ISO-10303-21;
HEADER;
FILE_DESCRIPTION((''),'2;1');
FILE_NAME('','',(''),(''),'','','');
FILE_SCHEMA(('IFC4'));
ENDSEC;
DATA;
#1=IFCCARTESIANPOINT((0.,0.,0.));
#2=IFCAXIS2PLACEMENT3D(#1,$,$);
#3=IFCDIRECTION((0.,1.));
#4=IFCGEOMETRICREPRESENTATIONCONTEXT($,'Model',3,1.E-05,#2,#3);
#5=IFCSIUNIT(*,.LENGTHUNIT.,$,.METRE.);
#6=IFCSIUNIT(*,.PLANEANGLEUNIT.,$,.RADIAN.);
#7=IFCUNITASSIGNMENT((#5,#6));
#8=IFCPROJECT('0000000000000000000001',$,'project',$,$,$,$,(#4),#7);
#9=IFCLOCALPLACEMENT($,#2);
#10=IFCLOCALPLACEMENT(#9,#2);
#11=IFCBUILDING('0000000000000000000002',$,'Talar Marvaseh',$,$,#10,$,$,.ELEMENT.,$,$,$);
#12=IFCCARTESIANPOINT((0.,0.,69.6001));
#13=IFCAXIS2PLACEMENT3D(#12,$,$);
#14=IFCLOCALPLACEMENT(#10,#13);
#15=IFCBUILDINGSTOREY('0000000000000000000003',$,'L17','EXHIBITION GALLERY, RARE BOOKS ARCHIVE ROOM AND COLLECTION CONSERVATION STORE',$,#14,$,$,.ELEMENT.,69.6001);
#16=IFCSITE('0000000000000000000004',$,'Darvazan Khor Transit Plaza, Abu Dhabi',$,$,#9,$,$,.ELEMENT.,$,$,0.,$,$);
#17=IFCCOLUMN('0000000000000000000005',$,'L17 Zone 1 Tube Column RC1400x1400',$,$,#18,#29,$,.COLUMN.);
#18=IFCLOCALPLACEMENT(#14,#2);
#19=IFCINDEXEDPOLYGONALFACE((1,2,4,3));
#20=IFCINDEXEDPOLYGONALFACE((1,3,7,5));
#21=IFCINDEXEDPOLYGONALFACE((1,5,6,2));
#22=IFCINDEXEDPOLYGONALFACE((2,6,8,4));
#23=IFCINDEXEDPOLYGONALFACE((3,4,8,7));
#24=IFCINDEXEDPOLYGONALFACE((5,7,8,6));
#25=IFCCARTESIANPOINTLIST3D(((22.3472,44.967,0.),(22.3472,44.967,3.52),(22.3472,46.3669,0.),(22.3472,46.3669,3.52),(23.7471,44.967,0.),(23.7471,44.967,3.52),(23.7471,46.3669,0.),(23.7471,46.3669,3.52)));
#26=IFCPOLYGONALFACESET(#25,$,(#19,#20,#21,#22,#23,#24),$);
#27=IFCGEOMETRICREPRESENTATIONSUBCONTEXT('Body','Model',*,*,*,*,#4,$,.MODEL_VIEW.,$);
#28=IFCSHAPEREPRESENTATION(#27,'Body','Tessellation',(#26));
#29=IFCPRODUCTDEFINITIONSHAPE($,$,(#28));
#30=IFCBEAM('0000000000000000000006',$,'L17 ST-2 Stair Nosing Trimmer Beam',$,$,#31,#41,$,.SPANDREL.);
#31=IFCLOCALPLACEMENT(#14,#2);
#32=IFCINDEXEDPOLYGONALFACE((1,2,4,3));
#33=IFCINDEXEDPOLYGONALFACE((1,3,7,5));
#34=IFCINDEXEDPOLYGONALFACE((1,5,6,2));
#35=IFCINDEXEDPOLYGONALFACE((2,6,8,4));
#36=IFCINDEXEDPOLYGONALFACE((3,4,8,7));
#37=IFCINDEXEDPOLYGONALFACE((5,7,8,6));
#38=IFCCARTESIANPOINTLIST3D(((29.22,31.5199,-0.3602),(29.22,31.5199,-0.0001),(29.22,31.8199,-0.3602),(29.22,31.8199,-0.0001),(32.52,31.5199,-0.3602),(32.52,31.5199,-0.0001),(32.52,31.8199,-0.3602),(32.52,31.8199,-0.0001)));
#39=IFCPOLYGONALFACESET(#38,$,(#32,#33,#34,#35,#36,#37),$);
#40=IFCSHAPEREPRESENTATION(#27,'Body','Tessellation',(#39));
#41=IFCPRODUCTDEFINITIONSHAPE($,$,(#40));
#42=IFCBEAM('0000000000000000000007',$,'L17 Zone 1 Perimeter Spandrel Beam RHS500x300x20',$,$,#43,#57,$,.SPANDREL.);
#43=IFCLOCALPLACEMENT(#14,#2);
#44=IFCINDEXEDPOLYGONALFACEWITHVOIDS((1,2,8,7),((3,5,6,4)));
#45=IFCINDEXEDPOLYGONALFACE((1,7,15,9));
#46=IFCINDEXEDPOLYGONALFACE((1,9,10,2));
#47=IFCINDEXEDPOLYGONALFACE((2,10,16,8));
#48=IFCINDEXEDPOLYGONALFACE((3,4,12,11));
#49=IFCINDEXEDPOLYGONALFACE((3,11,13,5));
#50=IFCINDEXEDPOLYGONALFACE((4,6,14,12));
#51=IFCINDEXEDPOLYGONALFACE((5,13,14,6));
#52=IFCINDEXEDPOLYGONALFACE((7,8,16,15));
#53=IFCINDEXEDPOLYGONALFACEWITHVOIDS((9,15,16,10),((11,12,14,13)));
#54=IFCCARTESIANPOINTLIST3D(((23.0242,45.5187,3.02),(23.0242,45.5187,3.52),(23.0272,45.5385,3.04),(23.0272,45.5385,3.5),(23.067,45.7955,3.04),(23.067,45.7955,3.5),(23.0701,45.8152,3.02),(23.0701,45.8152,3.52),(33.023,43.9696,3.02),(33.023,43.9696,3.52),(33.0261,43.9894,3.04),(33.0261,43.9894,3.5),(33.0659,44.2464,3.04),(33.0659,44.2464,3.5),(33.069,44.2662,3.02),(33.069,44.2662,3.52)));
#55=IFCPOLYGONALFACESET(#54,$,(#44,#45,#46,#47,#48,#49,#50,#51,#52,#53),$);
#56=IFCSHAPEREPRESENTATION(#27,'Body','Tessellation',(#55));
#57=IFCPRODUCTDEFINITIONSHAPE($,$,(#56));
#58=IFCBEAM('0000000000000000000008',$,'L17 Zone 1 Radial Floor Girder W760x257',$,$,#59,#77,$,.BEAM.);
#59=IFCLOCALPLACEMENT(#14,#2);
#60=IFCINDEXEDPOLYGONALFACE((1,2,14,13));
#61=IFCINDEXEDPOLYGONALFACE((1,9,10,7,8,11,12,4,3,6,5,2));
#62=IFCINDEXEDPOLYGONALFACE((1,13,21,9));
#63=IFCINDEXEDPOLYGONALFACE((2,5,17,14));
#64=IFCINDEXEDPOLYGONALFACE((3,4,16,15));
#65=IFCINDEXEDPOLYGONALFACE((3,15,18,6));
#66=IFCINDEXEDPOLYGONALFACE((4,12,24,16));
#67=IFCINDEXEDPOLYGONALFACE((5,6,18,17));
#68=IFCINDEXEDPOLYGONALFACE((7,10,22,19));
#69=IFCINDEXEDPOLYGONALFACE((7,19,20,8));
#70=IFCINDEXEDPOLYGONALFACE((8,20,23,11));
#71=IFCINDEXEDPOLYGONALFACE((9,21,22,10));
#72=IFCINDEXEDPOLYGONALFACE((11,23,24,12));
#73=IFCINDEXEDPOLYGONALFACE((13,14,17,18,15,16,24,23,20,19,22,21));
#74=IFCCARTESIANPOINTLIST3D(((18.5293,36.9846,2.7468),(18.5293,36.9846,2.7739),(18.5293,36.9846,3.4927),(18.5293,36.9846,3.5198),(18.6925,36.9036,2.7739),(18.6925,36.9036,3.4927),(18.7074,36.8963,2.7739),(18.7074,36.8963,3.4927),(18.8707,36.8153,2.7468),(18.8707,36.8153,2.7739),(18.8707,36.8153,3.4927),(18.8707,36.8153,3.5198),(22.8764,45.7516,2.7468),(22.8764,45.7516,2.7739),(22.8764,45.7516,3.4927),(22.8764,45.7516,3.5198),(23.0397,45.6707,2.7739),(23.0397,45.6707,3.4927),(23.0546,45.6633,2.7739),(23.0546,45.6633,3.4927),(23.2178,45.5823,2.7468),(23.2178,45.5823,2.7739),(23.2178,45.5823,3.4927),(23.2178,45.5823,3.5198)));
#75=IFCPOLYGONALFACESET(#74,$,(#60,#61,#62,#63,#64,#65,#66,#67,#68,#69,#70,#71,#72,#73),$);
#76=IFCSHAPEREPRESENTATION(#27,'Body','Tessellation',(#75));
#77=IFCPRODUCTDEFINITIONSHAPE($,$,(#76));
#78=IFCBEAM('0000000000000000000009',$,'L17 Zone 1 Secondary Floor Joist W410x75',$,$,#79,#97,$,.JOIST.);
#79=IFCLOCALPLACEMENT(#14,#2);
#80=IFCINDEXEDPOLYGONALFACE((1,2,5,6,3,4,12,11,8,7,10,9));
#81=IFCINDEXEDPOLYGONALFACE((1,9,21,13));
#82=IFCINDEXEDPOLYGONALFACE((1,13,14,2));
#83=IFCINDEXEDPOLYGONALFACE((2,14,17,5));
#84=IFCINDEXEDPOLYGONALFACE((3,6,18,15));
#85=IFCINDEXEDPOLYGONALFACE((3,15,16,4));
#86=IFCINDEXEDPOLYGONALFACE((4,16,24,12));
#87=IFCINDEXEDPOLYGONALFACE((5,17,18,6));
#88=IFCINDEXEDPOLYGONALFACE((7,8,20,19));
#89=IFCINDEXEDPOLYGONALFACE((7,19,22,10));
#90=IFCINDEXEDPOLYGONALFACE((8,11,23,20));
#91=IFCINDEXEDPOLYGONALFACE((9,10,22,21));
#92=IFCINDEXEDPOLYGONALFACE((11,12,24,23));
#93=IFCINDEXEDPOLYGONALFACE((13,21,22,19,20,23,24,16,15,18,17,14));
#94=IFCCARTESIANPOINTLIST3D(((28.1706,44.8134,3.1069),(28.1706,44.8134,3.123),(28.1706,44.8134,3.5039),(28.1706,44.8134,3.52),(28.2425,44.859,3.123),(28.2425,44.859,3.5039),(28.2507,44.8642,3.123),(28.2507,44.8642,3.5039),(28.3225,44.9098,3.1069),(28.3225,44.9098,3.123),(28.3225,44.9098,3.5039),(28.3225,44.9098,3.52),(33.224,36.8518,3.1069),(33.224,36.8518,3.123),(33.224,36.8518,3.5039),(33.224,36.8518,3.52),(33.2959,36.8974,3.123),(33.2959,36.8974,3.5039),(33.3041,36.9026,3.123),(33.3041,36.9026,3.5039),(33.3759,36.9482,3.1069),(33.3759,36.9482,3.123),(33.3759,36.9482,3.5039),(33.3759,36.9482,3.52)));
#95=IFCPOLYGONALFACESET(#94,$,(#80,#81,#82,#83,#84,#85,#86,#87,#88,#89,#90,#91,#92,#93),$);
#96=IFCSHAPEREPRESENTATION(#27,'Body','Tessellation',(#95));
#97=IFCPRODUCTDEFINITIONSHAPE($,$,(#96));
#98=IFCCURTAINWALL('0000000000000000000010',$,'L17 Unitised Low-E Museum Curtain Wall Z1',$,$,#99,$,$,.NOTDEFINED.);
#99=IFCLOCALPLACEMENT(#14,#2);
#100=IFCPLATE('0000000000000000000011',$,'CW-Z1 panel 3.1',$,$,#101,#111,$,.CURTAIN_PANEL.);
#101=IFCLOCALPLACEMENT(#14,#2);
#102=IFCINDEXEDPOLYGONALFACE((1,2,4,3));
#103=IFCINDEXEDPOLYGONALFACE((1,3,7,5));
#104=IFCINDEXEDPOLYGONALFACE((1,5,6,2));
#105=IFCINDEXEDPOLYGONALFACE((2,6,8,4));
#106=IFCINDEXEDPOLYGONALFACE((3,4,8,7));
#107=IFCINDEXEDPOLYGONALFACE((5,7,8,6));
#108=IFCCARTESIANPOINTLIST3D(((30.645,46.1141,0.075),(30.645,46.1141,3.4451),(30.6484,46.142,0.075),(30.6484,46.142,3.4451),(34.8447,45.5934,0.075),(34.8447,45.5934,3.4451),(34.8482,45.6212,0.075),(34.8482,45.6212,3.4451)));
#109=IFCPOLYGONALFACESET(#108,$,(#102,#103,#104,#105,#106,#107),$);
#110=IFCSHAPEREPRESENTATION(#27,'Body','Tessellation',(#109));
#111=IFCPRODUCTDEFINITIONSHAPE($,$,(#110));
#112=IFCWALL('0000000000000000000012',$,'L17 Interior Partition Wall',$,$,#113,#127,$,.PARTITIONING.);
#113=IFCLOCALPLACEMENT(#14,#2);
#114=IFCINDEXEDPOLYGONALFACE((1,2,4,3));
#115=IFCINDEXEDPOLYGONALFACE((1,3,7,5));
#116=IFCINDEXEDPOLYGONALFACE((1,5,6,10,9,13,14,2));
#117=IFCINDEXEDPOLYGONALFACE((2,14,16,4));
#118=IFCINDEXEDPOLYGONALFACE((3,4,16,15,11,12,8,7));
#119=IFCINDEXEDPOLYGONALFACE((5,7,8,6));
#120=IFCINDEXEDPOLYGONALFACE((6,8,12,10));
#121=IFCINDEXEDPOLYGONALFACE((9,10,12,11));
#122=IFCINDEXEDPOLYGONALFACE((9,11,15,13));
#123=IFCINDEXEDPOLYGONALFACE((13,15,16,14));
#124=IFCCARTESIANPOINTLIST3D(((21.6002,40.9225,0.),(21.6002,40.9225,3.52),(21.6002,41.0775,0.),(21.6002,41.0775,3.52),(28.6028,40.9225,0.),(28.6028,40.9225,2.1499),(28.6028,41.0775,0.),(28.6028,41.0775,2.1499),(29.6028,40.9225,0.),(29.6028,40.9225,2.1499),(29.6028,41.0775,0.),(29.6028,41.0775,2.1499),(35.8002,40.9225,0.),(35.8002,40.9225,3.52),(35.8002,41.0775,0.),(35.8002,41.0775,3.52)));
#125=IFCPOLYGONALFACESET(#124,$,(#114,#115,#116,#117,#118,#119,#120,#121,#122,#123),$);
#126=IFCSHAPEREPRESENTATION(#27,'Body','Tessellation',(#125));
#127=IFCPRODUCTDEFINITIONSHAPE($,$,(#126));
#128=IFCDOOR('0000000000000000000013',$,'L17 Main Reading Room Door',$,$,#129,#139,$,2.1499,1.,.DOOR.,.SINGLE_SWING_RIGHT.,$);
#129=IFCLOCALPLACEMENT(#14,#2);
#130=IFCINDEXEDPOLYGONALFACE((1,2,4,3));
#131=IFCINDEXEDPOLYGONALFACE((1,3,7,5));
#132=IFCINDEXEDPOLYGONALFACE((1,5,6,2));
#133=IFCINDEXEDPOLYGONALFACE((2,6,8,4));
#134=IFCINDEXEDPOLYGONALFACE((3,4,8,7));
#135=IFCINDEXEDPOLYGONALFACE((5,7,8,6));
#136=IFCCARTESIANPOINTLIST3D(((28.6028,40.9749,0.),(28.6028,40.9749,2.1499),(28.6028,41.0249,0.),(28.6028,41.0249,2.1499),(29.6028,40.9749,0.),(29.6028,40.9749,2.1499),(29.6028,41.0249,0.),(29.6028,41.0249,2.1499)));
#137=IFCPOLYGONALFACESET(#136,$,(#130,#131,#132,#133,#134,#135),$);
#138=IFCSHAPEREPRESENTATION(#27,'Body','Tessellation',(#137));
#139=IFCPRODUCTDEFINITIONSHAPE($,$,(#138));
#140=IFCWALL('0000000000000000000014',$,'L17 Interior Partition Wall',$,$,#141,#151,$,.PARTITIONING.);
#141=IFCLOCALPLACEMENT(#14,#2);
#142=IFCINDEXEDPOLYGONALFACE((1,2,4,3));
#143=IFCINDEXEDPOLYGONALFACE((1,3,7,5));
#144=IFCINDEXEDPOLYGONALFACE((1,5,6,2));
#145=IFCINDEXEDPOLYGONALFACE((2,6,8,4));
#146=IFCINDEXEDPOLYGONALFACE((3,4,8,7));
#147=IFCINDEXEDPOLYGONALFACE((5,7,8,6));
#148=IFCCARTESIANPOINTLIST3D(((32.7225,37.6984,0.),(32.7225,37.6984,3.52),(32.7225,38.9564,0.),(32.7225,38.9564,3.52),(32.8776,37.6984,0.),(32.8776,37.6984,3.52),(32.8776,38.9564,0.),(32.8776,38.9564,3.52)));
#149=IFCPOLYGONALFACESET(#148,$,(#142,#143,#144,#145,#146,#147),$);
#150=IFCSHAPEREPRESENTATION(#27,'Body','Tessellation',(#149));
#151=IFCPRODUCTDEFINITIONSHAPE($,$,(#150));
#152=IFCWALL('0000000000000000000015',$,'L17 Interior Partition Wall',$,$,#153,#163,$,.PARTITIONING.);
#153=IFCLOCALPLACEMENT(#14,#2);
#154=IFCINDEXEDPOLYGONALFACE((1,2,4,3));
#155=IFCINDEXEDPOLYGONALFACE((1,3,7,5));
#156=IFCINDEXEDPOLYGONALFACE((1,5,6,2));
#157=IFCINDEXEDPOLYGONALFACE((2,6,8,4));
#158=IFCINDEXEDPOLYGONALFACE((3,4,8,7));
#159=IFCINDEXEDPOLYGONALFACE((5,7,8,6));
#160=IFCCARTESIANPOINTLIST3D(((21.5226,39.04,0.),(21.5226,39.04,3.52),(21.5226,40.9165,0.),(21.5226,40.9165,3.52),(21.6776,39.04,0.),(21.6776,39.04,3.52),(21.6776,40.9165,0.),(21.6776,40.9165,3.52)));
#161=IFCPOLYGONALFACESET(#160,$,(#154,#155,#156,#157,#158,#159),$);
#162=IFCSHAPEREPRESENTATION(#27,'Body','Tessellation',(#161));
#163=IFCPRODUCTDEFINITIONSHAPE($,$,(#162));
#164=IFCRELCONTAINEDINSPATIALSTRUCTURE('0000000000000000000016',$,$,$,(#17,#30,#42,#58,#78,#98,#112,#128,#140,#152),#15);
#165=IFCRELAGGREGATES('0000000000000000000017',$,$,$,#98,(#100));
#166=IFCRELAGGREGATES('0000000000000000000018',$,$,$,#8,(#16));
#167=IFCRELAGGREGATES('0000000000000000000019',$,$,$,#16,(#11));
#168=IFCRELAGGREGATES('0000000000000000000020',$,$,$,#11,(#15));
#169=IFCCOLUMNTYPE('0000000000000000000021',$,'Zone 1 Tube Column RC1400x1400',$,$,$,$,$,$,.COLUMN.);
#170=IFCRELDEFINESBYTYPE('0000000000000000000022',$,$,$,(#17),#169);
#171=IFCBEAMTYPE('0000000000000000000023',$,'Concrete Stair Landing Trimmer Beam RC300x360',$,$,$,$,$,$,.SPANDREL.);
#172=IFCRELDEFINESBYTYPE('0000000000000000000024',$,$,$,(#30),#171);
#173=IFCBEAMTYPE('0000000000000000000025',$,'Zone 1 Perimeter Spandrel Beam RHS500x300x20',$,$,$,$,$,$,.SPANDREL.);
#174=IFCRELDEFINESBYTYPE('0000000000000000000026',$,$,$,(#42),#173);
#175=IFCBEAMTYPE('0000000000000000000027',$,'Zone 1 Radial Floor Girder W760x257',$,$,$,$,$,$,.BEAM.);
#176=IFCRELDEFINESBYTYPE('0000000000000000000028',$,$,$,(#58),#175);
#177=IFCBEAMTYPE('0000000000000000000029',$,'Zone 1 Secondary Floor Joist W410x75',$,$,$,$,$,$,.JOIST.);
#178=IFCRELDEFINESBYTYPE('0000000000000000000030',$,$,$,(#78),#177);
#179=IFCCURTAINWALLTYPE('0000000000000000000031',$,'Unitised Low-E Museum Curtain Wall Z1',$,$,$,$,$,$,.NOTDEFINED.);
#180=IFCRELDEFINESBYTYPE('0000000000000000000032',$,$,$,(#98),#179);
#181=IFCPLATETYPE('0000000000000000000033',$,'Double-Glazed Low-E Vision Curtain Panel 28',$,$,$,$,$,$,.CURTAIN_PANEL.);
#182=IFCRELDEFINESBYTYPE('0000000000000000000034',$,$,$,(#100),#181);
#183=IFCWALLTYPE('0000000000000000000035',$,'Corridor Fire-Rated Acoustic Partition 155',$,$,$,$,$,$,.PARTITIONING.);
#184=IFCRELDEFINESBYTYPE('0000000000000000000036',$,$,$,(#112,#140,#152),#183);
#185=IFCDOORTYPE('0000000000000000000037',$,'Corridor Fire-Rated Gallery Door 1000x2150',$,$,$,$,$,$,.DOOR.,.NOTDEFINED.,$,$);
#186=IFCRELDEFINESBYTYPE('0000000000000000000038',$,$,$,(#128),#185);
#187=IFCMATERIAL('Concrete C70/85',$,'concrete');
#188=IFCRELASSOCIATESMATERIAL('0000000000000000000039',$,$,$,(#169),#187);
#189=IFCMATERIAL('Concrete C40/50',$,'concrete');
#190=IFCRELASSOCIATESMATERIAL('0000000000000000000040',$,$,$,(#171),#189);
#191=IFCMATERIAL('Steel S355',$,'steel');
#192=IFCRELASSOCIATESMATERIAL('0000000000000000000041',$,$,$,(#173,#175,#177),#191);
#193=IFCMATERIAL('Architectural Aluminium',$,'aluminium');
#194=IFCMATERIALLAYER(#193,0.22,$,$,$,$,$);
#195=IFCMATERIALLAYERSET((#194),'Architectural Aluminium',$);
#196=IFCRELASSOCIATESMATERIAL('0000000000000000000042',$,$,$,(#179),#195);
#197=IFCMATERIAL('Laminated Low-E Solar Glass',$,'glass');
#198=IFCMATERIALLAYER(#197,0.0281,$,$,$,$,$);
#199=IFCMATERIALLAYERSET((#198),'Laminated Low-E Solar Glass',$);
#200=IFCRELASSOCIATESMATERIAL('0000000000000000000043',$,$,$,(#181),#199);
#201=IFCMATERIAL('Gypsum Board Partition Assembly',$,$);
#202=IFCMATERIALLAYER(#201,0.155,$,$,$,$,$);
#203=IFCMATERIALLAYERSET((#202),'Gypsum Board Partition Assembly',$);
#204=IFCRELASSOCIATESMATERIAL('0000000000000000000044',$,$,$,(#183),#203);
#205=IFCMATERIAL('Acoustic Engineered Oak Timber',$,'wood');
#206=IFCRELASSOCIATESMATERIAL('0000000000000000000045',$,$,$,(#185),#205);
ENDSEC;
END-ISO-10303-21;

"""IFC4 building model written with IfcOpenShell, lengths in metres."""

from ifc_helpers import new_model, si_unit, direction, frame, frame_2d, origin, origin_2d, place, context, subcontext, project, spatial, rectangle, hollow_rectangle, i_section, extrude, source, transform, mapped, material, layer, layer_set, material_profile, profile_set, type_object, type_shapes, element, fill, aggregate, save


model = new_model("IFC4")

# Units and contexts
model_context = context("Model", 3, precision=1e-05, world=origin(), true_north=direction((0.0, 1.0)))
body_context = subcontext(model_context, "Body", "Model", "MODEL_VIEW")
ifc_project = project(units=[si_unit("LENGTHUNIT", "METRE"), si_unit("PLANEANGLEUNIT", "RADIAN")], contexts=[model_context])

# Site, building, storey
site_placement = place(None, origin())
site = spatial("IfcSite", under=ifc_project, at=site_placement, Name="Darvazan Khor Transit Plaza, Abu Dhabi", CompositionType="ELEMENT", RefElevation=0.0)
building_placement = place(site_placement, origin())
building = spatial("IfcBuilding", under=site, at=building_placement, Name="Talar Marvaseh", CompositionType="ELEMENT")
storey_placement = place(building_placement, frame((0.0, 0.0, 69.6001)))
storey = spatial("IfcBuildingStorey", under=building, at=storey_placement, Name="L17", Description="EXHIBITION GALLERY, RARE BOOKS ARCHIVE ROOM AND COLLECTION CONSERVATION STORE", CompositionType="ELEMENT", Elevation=69.6001)

# Column
ifc_material_1 = material(Name="Concrete C70/85", Category="concrete")
ifc_material_profile_1 = material_profile(ifc_material_1, rectangle(XDim=1.3999, YDim=1.3999, at=origin_2d()), Name="RC1400x1400")
ifc_profile_set_1 = profile_set([ifc_material_profile_1], Name="Concrete C70/85")
column_type = type_object("IfcColumnType", Name="Zone 1 Tube Column RC1400x1400", PredefinedType="COLUMN", material=ifc_profile_set_1)
column_placement = place(storey_placement, frame((23.0471, 45.667, 0.0), z_axis=(0.0, 0.0, 1.0), x_axis=(1.0, 0.0, 0.0)))
element("IfcColumn", 1, at=column_placement, inside=storey, type_object=column_type, Name="L17 Zone 1 Tube Column RC1400x1400", PredefinedType="COLUMN", context=body_context, shape_type="SweptSolid", body=[
    extrude(rectangle(XDim=1.3999, YDim=1.3999, at=origin_2d()), origin(), (0.0, 0.0, 1.0), 3.52),
])

# Beams
ifc_material_2 = material(Name="Concrete C40/50", Category="concrete")
ifc_material_profile_2 = material_profile(ifc_material_2, rectangle(XDim=0.3, YDim=0.3601, at=origin_2d()), Name="RC300x360")
ifc_profile_set_2 = profile_set([ifc_material_profile_2], Name="Concrete C40/50")
beam_type_1 = type_object("IfcBeamType", Name="Concrete Stair Landing Trimmer Beam RC300x360", PredefinedType="SPANDREL", material=ifc_profile_set_2)
beam_1_placement = place(storey_placement, frame((29.22, 31.6699, -0.1802), z_axis=(1.0, 0.0, 0.0), x_axis=(0.0, 1.0, 0.0)))
element("IfcBeam", 2, at=beam_1_placement, inside=storey, type_object=beam_type_1, Name="L17 ST-2 Stair Nosing Trimmer Beam", PredefinedType="SPANDREL", context=body_context, shape_type="SweptSolid", body=[
    extrude(rectangle(XDim=0.3, YDim=0.3601, at=origin_2d()), origin(), (0.0, 0.0, 1.0), 3.3),
])
ifc_material_3 = material(Name="Steel S355", Category="steel")
ifc_material_profile_3 = material_profile(ifc_material_3, hollow_rectangle(XDim=0.3, YDim=0.5, WallThickness=0.02, at=origin_2d()), Name="RHS500x300x20")
ifc_profile_set_3 = profile_set([ifc_material_profile_3], Name="Steel S355")
beam_type_2 = type_object("IfcBeamType", Name="Zone 1 Perimeter Spandrel Beam RHS500x300x20", PredefinedType="SPANDREL", material=ifc_profile_set_3)
beam_2_placement = place(storey_placement, frame((23.0471, 45.667, 3.27), z_axis=(0.988211, -0.1531, 0.0), x_axis=(0.1531, 0.988211, 0.0)))
element("IfcBeam", 3, at=beam_2_placement, inside=storey, type_object=beam_type_2, Name="L17 Zone 1 Perimeter Spandrel Beam RHS500x300x20", PredefinedType="SPANDREL", context=body_context, shape_type="SweptSolid", body=[
    extrude(hollow_rectangle(XDim=0.3, YDim=0.5, WallThickness=0.02, at=origin_2d()), origin(), (0.0, 0.0, 1.0), 10.1182),
])
ifc_material_profile_4 = material_profile(ifc_material_3, i_section(OverallWidth=0.3811, OverallDepth=0.7729, WebThickness=0.0166, FlangeThickness=0.0271, at=origin_2d()), Name="W760x257")
ifc_profile_set_4 = profile_set([ifc_material_profile_4], Name="Steel S355")
beam_type_3 = type_object("IfcBeamType", Name="Zone 1 Radial Floor Girder W760x257", PredefinedType="BEAM", material=ifc_profile_set_4)
beam_3_placement = place(storey_placement, frame((23.0471, 45.667, 3.1333), z_axis=(-0.444237, -0.895909, 0.0), x_axis=(0.895909, -0.444237, 0.0)))
element("IfcBeam", 4, at=beam_3_placement, inside=storey, type_object=beam_type_3, Name="L17 Zone 1 Radial Floor Girder W760x257", PredefinedType="BEAM", context=body_context, shape_type="SweptSolid", body=[
    extrude(i_section(OverallWidth=0.3811, OverallDepth=0.7729, WebThickness=0.0166, FlangeThickness=0.0271, at=origin_2d()), origin(), (0.0, 0.0, 1.0), 9.7856),
])
ifc_material_profile_5 = material_profile(ifc_material_3, i_section(OverallWidth=0.1799, OverallDepth=0.4131, WebThickness=0.0098, FlangeThickness=0.0161, at=origin_2d()), Name="W410x75")
ifc_profile_set_5 = profile_set([ifc_material_profile_5], Name="Steel S355")
beam_type_4 = type_object("IfcBeamType", Name="Zone 1 Secondary Floor Joist W410x75", PredefinedType="JOIST", material=ifc_profile_set_5)
beam_4_placement = place(storey_placement, frame((28.2466, 44.8616, 3.3135), z_axis=(0.53589, -0.844288, 0.0), x_axis=(0.844288, 0.53589, 0.0)))
element("IfcBeam", 5, at=beam_4_placement, inside=storey, type_object=beam_type_4, Name="L17 Zone 1 Secondary Floor Joist W410x75", PredefinedType="JOIST", context=body_context, shape_type="SweptSolid", body=[
    extrude(i_section(OverallWidth=0.1799, OverallDepth=0.4131, WebThickness=0.0098, FlangeThickness=0.0161, at=origin_2d()), origin(), (0.0, 0.0, 1.0), 9.4299),
])

# Curtain wall, plate
ifc_material_4 = material(Name="Architectural Aluminium", Category="aluminium")
ifc_layer_1 = layer(ifc_material_4, 0.22)
ifc_layer_set_1 = layer_set([ifc_layer_1], Name="Architectural Aluminium")
curtain_wall_type = type_object("IfcCurtainWallType", Name="Unitised Low-E Museum Curtain Wall Z1", PredefinedType="NOTDEFINED", material=ifc_layer_set_1)
curtain_wall_placement = place(storey_placement, origin())
curtain_wall = element("IfcCurtainWall", 6, at=curtain_wall_placement, inside=storey, type_object=curtain_wall_type, Name="L17 Unitised Low-E Museum Curtain Wall Z1", PredefinedType="NOTDEFINED")
ifc_material_5 = material(Name="Laminated Low-E Solar Glass", Category="glass")
ifc_layer_2 = layer(ifc_material_5, 0.0281)
ifc_layer_set_2 = layer_set([ifc_layer_2], Name="Laminated Low-E Solar Glass")
plate_type = type_object("IfcPlateType", Name="Double-Glazed Low-E Vision Curtain Panel 28", PredefinedType="CURTAIN_PANEL", material=ifc_layer_set_2)
shared_shape_1 = source(origin(), body_context, "Body", "SweptSolid", [
    extrude(rectangle(XDim=4.2319, YDim=0.0281, at=origin_2d()), origin(), (0.0, 0.0, 1.0), 3.3701),
])
type_shapes(plate_type, [shared_shape_1])
plate_placement = place(storey_placement, frame((32.7466, 45.8677, 0.075), z_axis=(0.0, 0.0, 1.0), x_axis=(0.992401, -0.123049, 0.0)))
plate = element("IfcPlate", 7, at=plate_placement, type_object=plate_type, Name="CW-Z1 panel 3.1", PredefinedType="CURTAIN_PANEL", context=body_context, shape_type="MappedRepresentation", body=[
    mapped(shared_shape_1, transform((0.0, 0.0, 0.0), x_axis=(1.0, 0.0, 0.0), y_axis=(0.0, 1.0, 0.0), z_axis=(0.0, 0.0, 1.0), scale=1.0)),
])
aggregate(curtain_wall, [plate])

# Wall, opening, door
ifc_material_6 = material(Name="Gypsum Board Partition Assembly")
ifc_layer_3 = layer(ifc_material_6, 0.155)
ifc_layer_set_3 = layer_set([ifc_layer_3], Name="Gypsum Board Partition Assembly")
wall_type_1 = type_object("IfcWallType", Name="Corridor Fire-Rated Acoustic Partition 155", PredefinedType="PARTITIONING", material=ifc_layer_set_3)
wall_1_placement = place(storey_placement, frame((21.6001, 41.0, 0.0), z_axis=(0.0, 0.0, 1.0), x_axis=(1.0, 0.0, 0.0)))
wall_1 = element("IfcWall", 8, at=wall_1_placement, inside=storey, type_object=wall_type_1, Name="L17 Interior Partition Wall", PredefinedType="PARTITIONING", context=body_context, shape_type="SweptSolid", body=[
    extrude(rectangle(XDim=14.2, YDim=0.155, at=frame_2d((7.1001, 0.0))), origin(), (0.0, 0.0, 1.0), 3.52),
])
opening_1_placement = place(wall_1_placement, frame((7.0027, 0.0, 0.0)))
opening_1 = element("IfcOpeningElement", 9, at=opening_1_placement, cuts=wall_1, PredefinedType="OPENING", context=body_context, shape_type="SweptSolid", body=[
    extrude(rectangle(XDim=1.0, YDim=2.1499, at=frame_2d((0.5, 1.075))), frame((0.0, 0.0874, 0.0), z_axis=(0.0, -1.0, 0.0), x_axis=(1.0, 0.0, 0.0)), (0.0, 0.0, 1.0), 0.175),
])
ifc_material_7 = material(Name="Acoustic Engineered Oak Timber", Category="wood")
door_type_1 = type_object("IfcDoorType", Name="Corridor Fire-Rated Gallery Door 1000x2150", OperationType="NOTDEFINED", PredefinedType="DOOR", material=ifc_material_7)
shared_shape_2 = source(origin(), body_context, "Body", "SweptSolid", [
    extrude(rectangle(XDim=1.0, YDim=2.1499, at=frame_2d((0.5, 1.075))), frame((0.0, 0.0249, 0.0), z_axis=(0.0, -1.0, 0.0), x_axis=(1.0, 0.0, 0.0)), (0.0, 0.0, 1.0), 0.05),
])
type_shapes(door_type_1, [shared_shape_2])
door_1_placement = place(opening_1_placement, origin())
door_1 = element("IfcDoor", 10, at=door_1_placement, inside=storey, type_object=door_type_1, Name="L17 Main Reading Room Door", OperationType="SINGLE_SWING_RIGHT", OverallHeight=2.1499, OverallWidth=1.0, PredefinedType="DOOR", context=body_context, shape_type="MappedRepresentation", body=[
    mapped(shared_shape_2, transform((0.0, 0.0, 0.0), x_axis=(1.0, 0.0, 0.0), y_axis=(0.0, 1.0, 0.0), z_axis=(0.0, 0.0, 1.0), scale=1.0)),
])
fill(opening_1, door_1)

# Walls
wall_2_placement = place(storey_placement, frame((32.8, 37.6985, 0.0), z_axis=(0.0, 0.0, 1.0), x_axis=(0.0, 1.0, 0.0)))
element("IfcWall", 11, at=wall_2_placement, inside=storey, type_object=wall_type_1, Name="L17 Interior Partition Wall", PredefinedType="PARTITIONING", context=body_context, shape_type="SweptSolid", body=[
    extrude(rectangle(XDim=1.2581, YDim=0.155, at=frame_2d((0.6289, 0.0))), origin(), (0.0, 0.0, 1.0), 3.52),
])
wall_3_placement = place(storey_placement, frame((21.6001, 39.04, 0.0), z_axis=(0.0, 0.0, 1.0), x_axis=(0.0, 1.0, 0.0)))
element("IfcWall", 12, at=wall_3_placement, inside=storey, type_object=wall_type_1, Name="L17 Interior Partition Wall", PredefinedType="PARTITIONING", context=body_context, shape_type="SweptSolid", body=[
    extrude(rectangle(XDim=1.8765, YDim=0.155, at=frame_2d((0.9382, 0.0))), origin(), (0.0, 0.0, 1.0), 3.52),
])

save(model, "model.ifc")
